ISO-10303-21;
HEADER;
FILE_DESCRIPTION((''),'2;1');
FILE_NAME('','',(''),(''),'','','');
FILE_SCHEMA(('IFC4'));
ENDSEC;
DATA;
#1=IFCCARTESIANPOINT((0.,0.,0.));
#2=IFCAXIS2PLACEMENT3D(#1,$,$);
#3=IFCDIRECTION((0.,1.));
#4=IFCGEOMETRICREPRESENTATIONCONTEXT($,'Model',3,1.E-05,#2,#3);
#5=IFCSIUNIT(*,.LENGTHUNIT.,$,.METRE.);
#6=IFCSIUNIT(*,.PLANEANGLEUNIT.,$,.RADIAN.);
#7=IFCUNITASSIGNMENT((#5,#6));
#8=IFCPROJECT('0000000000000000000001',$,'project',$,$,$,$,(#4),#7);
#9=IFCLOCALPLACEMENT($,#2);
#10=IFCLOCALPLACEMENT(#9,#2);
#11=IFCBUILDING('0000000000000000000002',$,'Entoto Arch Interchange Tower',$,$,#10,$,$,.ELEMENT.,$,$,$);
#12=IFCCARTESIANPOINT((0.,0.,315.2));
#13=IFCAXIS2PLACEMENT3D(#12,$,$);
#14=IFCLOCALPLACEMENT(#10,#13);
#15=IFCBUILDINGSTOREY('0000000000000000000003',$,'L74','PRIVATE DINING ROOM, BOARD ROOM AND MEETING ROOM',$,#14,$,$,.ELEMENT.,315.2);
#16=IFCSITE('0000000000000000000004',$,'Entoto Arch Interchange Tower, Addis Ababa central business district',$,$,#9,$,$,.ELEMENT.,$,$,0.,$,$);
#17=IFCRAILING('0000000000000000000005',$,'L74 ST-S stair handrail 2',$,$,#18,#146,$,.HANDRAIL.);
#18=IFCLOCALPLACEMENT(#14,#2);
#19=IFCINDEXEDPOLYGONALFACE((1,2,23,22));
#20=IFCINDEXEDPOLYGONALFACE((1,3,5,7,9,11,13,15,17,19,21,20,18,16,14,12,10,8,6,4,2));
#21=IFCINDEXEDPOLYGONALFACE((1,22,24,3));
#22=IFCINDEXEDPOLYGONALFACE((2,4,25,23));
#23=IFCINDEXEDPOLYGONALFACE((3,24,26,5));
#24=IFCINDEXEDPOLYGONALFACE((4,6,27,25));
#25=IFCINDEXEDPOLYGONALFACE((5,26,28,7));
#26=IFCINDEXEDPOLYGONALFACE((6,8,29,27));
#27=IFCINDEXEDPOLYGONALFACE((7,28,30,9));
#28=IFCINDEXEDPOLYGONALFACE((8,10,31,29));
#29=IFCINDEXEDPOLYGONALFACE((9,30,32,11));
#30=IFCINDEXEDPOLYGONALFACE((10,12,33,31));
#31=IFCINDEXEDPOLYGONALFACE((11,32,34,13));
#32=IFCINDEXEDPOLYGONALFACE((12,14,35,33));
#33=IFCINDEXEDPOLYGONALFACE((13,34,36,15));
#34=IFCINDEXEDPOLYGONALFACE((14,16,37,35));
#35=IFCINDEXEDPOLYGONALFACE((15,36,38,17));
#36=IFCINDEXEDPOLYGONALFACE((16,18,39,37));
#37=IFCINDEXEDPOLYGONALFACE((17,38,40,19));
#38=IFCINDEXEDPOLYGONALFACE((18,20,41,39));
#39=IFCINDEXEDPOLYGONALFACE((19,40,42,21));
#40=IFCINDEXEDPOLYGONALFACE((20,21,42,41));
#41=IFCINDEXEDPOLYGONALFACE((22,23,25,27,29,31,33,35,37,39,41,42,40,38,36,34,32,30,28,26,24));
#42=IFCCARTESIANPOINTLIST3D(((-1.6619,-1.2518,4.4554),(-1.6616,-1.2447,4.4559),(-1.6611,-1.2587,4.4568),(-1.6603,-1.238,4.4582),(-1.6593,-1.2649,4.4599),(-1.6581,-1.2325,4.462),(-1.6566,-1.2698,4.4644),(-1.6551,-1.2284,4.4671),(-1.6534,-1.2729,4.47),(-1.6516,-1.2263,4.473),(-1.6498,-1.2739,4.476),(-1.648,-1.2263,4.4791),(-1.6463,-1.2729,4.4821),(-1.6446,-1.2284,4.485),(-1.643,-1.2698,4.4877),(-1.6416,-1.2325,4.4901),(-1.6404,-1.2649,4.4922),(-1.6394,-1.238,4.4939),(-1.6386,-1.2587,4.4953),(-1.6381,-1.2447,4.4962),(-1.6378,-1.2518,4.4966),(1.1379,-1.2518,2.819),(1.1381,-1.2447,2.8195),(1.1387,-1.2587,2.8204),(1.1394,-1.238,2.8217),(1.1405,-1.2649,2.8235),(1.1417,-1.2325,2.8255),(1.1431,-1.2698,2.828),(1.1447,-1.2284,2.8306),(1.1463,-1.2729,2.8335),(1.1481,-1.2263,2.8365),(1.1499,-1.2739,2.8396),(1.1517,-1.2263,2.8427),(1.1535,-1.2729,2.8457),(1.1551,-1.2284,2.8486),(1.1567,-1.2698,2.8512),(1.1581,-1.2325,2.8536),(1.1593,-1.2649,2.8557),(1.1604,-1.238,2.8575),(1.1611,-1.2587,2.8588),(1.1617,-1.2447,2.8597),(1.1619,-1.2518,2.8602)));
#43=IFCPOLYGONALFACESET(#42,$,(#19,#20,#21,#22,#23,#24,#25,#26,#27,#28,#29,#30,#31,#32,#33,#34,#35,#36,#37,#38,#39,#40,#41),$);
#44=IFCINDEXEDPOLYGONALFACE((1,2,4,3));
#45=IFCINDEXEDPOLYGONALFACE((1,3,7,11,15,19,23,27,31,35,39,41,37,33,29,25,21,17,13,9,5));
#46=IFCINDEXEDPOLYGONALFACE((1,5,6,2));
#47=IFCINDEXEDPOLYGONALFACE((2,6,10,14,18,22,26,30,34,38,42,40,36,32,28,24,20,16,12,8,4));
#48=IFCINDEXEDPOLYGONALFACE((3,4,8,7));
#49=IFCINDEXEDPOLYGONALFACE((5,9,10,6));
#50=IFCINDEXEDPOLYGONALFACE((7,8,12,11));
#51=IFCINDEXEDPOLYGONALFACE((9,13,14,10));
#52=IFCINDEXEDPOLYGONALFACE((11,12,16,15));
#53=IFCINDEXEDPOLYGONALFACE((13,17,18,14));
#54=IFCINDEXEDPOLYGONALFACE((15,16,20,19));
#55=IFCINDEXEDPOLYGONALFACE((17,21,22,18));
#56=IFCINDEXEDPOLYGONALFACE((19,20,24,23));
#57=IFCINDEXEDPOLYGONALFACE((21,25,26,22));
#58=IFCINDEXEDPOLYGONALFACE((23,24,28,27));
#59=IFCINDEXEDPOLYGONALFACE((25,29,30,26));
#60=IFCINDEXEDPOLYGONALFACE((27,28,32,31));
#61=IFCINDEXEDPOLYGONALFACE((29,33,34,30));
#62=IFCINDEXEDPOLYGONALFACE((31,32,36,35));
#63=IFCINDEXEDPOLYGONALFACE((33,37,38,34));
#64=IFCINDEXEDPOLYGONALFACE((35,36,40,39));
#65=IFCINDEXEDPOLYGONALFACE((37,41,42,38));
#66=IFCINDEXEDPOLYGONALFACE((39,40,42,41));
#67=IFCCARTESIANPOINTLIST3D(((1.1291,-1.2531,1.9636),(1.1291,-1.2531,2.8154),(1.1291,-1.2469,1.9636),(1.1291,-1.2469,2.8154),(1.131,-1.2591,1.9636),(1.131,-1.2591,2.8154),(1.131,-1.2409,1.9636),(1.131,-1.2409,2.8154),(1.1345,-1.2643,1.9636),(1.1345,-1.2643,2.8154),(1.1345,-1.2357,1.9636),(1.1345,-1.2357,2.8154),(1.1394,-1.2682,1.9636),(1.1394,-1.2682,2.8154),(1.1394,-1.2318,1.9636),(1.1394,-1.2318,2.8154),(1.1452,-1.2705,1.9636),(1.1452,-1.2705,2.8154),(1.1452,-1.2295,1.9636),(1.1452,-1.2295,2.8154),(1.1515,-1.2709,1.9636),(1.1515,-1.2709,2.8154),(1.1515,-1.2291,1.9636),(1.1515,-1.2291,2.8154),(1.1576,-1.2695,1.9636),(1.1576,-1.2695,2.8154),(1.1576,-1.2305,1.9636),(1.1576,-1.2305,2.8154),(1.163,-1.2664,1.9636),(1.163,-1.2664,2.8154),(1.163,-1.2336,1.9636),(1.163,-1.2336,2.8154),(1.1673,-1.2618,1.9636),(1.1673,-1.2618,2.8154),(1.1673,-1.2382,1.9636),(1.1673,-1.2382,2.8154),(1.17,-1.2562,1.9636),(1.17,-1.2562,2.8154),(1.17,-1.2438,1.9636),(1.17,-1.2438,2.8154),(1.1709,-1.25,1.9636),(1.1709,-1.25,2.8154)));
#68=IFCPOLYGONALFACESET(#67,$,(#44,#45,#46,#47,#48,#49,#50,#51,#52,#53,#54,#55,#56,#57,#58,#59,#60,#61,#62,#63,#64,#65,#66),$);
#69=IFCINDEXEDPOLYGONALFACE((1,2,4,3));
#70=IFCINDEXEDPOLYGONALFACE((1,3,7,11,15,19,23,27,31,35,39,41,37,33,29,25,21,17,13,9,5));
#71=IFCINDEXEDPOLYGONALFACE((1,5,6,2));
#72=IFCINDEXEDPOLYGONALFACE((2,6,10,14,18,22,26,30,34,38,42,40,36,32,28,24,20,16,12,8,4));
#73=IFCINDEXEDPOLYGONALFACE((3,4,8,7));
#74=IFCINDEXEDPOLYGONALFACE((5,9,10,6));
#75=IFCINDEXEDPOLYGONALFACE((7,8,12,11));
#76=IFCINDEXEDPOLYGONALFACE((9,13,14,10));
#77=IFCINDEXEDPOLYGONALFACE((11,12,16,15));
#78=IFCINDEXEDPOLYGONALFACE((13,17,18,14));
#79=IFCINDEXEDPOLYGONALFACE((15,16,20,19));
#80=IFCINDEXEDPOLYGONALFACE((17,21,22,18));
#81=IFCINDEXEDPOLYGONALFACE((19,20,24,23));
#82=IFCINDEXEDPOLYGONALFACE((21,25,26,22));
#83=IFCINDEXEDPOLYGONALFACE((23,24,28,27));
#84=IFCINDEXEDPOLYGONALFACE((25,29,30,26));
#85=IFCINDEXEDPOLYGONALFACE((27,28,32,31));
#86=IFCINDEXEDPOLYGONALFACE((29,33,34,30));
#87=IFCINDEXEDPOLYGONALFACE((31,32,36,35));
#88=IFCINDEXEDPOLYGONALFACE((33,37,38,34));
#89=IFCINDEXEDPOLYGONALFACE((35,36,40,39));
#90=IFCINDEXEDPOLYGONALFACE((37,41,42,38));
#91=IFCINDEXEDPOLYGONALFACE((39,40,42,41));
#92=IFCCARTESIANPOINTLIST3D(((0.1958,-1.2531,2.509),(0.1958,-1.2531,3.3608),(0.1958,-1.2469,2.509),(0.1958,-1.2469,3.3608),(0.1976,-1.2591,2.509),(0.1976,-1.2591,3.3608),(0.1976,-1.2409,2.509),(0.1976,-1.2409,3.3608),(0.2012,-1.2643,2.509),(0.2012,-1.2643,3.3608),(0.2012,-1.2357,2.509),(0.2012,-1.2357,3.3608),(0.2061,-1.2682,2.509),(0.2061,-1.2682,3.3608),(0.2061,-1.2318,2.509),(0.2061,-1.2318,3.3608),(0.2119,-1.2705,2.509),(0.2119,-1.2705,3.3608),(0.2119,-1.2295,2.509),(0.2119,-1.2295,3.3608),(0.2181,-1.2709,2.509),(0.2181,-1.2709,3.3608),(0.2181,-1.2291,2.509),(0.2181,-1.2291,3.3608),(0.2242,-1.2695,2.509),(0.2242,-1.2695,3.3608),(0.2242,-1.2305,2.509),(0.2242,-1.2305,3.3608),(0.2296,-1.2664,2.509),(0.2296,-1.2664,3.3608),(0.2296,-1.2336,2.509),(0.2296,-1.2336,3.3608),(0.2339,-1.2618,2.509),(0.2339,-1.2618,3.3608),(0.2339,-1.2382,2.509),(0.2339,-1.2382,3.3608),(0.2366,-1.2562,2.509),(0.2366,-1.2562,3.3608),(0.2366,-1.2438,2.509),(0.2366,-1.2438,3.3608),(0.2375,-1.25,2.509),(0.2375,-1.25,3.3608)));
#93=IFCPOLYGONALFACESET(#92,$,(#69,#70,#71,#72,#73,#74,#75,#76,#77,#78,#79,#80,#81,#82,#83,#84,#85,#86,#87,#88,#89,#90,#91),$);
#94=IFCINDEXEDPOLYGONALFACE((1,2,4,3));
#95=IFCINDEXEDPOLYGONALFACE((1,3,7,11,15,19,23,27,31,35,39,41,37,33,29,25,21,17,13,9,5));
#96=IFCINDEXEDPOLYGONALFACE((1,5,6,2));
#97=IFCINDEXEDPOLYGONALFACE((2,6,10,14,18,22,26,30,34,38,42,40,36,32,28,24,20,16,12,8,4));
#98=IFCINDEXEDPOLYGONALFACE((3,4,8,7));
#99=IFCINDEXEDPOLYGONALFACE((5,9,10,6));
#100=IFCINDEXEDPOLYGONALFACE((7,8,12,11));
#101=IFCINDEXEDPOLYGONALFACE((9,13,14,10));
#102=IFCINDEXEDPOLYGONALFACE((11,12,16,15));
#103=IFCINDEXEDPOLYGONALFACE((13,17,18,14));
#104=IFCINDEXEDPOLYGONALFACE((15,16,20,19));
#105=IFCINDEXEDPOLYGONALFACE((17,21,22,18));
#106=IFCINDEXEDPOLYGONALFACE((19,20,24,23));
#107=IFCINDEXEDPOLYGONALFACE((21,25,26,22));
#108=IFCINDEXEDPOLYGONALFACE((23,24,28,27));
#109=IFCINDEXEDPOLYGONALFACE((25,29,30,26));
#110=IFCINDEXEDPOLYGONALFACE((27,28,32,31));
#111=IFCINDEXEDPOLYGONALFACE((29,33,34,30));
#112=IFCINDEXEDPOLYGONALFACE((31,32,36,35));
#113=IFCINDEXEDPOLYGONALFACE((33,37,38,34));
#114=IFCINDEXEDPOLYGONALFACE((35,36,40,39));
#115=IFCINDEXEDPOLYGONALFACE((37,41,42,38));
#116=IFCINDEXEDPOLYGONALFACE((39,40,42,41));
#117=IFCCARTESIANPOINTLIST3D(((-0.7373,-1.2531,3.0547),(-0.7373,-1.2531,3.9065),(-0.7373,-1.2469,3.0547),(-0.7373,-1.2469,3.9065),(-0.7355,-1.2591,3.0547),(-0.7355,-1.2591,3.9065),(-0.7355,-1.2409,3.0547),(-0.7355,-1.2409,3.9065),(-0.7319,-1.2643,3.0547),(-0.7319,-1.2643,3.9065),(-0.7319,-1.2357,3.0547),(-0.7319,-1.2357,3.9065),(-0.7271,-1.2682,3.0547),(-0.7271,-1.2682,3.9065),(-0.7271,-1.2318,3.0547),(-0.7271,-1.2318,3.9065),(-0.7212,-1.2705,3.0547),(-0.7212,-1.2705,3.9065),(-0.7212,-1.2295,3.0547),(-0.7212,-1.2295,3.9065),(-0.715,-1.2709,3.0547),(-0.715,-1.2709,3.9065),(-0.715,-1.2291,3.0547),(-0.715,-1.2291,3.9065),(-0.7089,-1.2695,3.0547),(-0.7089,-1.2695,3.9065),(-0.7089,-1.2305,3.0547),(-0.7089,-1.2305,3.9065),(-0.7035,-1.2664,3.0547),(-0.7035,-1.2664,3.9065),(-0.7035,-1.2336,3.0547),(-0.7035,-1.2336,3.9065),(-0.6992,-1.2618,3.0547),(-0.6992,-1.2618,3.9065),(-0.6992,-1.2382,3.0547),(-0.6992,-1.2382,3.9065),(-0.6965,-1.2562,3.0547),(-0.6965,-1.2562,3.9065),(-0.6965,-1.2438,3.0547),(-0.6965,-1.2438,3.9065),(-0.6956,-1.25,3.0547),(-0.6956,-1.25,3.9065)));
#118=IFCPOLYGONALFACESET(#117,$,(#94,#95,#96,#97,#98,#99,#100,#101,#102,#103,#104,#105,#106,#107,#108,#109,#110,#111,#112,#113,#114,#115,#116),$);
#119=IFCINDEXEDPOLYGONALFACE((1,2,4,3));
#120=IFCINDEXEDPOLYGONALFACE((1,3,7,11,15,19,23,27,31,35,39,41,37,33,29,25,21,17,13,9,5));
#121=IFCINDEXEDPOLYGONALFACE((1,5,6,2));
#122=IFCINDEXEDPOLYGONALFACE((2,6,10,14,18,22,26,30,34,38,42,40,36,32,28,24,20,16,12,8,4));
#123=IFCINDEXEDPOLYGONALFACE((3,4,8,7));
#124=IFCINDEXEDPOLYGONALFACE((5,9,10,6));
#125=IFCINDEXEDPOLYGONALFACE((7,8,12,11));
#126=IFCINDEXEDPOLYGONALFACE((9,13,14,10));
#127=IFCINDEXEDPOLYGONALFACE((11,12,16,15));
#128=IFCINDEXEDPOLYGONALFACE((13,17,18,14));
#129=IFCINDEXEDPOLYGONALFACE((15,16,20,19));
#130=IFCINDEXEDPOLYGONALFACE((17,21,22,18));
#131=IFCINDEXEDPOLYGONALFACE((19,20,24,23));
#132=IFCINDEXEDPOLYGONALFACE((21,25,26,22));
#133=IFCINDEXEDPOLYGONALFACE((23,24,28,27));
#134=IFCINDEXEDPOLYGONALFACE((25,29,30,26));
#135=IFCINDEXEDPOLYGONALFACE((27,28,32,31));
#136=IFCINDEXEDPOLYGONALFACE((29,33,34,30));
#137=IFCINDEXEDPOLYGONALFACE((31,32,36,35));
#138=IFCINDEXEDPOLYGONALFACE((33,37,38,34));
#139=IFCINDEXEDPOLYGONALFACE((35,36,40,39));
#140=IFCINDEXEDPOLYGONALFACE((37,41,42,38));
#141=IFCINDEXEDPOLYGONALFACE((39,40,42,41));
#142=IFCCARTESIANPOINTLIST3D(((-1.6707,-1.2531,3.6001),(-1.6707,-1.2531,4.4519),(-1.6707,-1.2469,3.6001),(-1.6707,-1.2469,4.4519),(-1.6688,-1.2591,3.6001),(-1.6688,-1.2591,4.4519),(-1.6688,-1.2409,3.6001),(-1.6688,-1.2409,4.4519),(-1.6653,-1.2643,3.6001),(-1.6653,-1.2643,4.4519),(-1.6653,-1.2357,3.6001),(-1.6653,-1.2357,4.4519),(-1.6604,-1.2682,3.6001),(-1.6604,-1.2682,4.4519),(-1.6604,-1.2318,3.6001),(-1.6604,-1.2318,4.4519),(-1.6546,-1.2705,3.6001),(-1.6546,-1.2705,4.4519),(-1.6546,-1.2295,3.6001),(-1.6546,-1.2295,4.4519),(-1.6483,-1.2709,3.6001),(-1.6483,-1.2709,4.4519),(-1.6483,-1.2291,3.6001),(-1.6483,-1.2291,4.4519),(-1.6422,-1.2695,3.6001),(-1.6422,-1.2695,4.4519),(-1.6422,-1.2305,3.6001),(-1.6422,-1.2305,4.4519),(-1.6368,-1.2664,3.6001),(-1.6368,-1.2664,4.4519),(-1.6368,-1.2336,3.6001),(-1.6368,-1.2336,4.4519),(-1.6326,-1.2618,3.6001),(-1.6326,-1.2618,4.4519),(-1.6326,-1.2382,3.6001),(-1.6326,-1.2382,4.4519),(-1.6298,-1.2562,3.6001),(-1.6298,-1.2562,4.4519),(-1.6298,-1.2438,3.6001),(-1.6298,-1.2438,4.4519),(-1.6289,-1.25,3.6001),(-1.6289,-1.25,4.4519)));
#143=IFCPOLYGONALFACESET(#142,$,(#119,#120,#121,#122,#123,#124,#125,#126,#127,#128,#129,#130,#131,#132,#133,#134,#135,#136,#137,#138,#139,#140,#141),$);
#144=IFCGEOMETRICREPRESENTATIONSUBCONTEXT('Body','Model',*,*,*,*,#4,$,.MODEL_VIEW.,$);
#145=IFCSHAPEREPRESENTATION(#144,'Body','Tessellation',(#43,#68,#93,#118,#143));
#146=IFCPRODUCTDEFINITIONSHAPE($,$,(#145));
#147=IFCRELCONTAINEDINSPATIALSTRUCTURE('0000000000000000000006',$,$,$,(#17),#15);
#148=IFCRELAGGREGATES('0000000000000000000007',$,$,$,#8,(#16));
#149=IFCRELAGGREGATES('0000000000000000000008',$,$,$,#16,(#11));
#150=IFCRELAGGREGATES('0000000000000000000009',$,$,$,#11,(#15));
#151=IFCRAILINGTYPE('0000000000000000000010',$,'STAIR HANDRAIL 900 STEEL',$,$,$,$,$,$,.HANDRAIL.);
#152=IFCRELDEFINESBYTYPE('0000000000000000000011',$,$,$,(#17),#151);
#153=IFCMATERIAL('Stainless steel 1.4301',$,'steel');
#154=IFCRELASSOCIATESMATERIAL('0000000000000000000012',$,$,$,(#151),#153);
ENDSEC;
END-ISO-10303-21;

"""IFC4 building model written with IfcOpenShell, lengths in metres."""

from ifc_helpers import new_model, si_unit, direction, frame, origin, origin_2d, place, context, subcontext, project, spatial, circle, extrude, material, type_object, element, save


model = new_model("IFC4")

# Units and contexts
model_context = context("Model", 3, precision=1e-05, world=origin(), true_north=direction((0.0, 1.0)))
body_context = subcontext(model_context, "Body", "Model", "MODEL_VIEW")
ifc_project = project(units=[si_unit("LENGTHUNIT", "METRE"), si_unit("PLANEANGLEUNIT", "RADIAN")], contexts=[model_context])

# Site, building, storey
site_placement = place(None, origin())
site = spatial("IfcSite", under=ifc_project, at=site_placement, Name="Entoto Arch Interchange Tower, Addis Ababa central business district", CompositionType="ELEMENT", RefElevation=0.0)
building_placement = place(site_placement, origin())
building = spatial("IfcBuilding", under=site, at=building_placement, Name="Entoto Arch Interchange Tower", CompositionType="ELEMENT")
storey_placement = place(building_placement, frame((0.0, 0.0, 315.2)))
storey = spatial("IfcBuildingStorey", under=building, at=storey_placement, Name="L74", Description="PRIVATE DINING ROOM, BOARD ROOM AND MEETING ROOM", CompositionType="ELEMENT", Elevation=315.2)

# Railing
ifc_material_1 = material(Name="Stainless steel 1.4301", Category="steel")
railing_type_1 = type_object("IfcRailingType", Name="STAIR HANDRAIL 900 STEEL", PredefinedType="HANDRAIL", material=ifc_material_1)
railing_1_placement = place(storey_placement, frame((1.1499, -1.25, 1.9636)))
element("IfcRailing", 1, at=railing_1_placement, inside=storey, type_object=railing_type_1, Name="L74 ST-S stair handrail 2", PredefinedType="HANDRAIL", context=body_context, shape_type="SweptSolid", body=[
    extrude(circle(Radius=0.0239, at=origin_2d()), frame((0.0, 0.0, 0.876), z_axis=(-0.863342, 0.0, 0.50462), x_axis=(0.0, -1.0, 0.0)), (0.0, 0.0, 1.0), 3.2429),
    extrude(circle(Radius=0.021, at=origin_2d()), origin(), (0.0, 0.0, 1.0), 0.8518),
    extrude(circle(Radius=0.021, at=origin_2d()), frame((-0.9333, 0.0, 0.5454)), (0.0, 0.0, 1.0), 0.8518),
    extrude(circle(Radius=0.021, at=origin_2d()), frame((-1.8665, 0.0, 1.0911)), (0.0, 0.0, 1.0), 0.8518),
    extrude(circle(Radius=0.021, at=origin_2d()), frame((-2.7998, 0.0, 1.6365)), (0.0, 0.0, 1.0), 0.8518),
])

save(model, "model.ifc")
